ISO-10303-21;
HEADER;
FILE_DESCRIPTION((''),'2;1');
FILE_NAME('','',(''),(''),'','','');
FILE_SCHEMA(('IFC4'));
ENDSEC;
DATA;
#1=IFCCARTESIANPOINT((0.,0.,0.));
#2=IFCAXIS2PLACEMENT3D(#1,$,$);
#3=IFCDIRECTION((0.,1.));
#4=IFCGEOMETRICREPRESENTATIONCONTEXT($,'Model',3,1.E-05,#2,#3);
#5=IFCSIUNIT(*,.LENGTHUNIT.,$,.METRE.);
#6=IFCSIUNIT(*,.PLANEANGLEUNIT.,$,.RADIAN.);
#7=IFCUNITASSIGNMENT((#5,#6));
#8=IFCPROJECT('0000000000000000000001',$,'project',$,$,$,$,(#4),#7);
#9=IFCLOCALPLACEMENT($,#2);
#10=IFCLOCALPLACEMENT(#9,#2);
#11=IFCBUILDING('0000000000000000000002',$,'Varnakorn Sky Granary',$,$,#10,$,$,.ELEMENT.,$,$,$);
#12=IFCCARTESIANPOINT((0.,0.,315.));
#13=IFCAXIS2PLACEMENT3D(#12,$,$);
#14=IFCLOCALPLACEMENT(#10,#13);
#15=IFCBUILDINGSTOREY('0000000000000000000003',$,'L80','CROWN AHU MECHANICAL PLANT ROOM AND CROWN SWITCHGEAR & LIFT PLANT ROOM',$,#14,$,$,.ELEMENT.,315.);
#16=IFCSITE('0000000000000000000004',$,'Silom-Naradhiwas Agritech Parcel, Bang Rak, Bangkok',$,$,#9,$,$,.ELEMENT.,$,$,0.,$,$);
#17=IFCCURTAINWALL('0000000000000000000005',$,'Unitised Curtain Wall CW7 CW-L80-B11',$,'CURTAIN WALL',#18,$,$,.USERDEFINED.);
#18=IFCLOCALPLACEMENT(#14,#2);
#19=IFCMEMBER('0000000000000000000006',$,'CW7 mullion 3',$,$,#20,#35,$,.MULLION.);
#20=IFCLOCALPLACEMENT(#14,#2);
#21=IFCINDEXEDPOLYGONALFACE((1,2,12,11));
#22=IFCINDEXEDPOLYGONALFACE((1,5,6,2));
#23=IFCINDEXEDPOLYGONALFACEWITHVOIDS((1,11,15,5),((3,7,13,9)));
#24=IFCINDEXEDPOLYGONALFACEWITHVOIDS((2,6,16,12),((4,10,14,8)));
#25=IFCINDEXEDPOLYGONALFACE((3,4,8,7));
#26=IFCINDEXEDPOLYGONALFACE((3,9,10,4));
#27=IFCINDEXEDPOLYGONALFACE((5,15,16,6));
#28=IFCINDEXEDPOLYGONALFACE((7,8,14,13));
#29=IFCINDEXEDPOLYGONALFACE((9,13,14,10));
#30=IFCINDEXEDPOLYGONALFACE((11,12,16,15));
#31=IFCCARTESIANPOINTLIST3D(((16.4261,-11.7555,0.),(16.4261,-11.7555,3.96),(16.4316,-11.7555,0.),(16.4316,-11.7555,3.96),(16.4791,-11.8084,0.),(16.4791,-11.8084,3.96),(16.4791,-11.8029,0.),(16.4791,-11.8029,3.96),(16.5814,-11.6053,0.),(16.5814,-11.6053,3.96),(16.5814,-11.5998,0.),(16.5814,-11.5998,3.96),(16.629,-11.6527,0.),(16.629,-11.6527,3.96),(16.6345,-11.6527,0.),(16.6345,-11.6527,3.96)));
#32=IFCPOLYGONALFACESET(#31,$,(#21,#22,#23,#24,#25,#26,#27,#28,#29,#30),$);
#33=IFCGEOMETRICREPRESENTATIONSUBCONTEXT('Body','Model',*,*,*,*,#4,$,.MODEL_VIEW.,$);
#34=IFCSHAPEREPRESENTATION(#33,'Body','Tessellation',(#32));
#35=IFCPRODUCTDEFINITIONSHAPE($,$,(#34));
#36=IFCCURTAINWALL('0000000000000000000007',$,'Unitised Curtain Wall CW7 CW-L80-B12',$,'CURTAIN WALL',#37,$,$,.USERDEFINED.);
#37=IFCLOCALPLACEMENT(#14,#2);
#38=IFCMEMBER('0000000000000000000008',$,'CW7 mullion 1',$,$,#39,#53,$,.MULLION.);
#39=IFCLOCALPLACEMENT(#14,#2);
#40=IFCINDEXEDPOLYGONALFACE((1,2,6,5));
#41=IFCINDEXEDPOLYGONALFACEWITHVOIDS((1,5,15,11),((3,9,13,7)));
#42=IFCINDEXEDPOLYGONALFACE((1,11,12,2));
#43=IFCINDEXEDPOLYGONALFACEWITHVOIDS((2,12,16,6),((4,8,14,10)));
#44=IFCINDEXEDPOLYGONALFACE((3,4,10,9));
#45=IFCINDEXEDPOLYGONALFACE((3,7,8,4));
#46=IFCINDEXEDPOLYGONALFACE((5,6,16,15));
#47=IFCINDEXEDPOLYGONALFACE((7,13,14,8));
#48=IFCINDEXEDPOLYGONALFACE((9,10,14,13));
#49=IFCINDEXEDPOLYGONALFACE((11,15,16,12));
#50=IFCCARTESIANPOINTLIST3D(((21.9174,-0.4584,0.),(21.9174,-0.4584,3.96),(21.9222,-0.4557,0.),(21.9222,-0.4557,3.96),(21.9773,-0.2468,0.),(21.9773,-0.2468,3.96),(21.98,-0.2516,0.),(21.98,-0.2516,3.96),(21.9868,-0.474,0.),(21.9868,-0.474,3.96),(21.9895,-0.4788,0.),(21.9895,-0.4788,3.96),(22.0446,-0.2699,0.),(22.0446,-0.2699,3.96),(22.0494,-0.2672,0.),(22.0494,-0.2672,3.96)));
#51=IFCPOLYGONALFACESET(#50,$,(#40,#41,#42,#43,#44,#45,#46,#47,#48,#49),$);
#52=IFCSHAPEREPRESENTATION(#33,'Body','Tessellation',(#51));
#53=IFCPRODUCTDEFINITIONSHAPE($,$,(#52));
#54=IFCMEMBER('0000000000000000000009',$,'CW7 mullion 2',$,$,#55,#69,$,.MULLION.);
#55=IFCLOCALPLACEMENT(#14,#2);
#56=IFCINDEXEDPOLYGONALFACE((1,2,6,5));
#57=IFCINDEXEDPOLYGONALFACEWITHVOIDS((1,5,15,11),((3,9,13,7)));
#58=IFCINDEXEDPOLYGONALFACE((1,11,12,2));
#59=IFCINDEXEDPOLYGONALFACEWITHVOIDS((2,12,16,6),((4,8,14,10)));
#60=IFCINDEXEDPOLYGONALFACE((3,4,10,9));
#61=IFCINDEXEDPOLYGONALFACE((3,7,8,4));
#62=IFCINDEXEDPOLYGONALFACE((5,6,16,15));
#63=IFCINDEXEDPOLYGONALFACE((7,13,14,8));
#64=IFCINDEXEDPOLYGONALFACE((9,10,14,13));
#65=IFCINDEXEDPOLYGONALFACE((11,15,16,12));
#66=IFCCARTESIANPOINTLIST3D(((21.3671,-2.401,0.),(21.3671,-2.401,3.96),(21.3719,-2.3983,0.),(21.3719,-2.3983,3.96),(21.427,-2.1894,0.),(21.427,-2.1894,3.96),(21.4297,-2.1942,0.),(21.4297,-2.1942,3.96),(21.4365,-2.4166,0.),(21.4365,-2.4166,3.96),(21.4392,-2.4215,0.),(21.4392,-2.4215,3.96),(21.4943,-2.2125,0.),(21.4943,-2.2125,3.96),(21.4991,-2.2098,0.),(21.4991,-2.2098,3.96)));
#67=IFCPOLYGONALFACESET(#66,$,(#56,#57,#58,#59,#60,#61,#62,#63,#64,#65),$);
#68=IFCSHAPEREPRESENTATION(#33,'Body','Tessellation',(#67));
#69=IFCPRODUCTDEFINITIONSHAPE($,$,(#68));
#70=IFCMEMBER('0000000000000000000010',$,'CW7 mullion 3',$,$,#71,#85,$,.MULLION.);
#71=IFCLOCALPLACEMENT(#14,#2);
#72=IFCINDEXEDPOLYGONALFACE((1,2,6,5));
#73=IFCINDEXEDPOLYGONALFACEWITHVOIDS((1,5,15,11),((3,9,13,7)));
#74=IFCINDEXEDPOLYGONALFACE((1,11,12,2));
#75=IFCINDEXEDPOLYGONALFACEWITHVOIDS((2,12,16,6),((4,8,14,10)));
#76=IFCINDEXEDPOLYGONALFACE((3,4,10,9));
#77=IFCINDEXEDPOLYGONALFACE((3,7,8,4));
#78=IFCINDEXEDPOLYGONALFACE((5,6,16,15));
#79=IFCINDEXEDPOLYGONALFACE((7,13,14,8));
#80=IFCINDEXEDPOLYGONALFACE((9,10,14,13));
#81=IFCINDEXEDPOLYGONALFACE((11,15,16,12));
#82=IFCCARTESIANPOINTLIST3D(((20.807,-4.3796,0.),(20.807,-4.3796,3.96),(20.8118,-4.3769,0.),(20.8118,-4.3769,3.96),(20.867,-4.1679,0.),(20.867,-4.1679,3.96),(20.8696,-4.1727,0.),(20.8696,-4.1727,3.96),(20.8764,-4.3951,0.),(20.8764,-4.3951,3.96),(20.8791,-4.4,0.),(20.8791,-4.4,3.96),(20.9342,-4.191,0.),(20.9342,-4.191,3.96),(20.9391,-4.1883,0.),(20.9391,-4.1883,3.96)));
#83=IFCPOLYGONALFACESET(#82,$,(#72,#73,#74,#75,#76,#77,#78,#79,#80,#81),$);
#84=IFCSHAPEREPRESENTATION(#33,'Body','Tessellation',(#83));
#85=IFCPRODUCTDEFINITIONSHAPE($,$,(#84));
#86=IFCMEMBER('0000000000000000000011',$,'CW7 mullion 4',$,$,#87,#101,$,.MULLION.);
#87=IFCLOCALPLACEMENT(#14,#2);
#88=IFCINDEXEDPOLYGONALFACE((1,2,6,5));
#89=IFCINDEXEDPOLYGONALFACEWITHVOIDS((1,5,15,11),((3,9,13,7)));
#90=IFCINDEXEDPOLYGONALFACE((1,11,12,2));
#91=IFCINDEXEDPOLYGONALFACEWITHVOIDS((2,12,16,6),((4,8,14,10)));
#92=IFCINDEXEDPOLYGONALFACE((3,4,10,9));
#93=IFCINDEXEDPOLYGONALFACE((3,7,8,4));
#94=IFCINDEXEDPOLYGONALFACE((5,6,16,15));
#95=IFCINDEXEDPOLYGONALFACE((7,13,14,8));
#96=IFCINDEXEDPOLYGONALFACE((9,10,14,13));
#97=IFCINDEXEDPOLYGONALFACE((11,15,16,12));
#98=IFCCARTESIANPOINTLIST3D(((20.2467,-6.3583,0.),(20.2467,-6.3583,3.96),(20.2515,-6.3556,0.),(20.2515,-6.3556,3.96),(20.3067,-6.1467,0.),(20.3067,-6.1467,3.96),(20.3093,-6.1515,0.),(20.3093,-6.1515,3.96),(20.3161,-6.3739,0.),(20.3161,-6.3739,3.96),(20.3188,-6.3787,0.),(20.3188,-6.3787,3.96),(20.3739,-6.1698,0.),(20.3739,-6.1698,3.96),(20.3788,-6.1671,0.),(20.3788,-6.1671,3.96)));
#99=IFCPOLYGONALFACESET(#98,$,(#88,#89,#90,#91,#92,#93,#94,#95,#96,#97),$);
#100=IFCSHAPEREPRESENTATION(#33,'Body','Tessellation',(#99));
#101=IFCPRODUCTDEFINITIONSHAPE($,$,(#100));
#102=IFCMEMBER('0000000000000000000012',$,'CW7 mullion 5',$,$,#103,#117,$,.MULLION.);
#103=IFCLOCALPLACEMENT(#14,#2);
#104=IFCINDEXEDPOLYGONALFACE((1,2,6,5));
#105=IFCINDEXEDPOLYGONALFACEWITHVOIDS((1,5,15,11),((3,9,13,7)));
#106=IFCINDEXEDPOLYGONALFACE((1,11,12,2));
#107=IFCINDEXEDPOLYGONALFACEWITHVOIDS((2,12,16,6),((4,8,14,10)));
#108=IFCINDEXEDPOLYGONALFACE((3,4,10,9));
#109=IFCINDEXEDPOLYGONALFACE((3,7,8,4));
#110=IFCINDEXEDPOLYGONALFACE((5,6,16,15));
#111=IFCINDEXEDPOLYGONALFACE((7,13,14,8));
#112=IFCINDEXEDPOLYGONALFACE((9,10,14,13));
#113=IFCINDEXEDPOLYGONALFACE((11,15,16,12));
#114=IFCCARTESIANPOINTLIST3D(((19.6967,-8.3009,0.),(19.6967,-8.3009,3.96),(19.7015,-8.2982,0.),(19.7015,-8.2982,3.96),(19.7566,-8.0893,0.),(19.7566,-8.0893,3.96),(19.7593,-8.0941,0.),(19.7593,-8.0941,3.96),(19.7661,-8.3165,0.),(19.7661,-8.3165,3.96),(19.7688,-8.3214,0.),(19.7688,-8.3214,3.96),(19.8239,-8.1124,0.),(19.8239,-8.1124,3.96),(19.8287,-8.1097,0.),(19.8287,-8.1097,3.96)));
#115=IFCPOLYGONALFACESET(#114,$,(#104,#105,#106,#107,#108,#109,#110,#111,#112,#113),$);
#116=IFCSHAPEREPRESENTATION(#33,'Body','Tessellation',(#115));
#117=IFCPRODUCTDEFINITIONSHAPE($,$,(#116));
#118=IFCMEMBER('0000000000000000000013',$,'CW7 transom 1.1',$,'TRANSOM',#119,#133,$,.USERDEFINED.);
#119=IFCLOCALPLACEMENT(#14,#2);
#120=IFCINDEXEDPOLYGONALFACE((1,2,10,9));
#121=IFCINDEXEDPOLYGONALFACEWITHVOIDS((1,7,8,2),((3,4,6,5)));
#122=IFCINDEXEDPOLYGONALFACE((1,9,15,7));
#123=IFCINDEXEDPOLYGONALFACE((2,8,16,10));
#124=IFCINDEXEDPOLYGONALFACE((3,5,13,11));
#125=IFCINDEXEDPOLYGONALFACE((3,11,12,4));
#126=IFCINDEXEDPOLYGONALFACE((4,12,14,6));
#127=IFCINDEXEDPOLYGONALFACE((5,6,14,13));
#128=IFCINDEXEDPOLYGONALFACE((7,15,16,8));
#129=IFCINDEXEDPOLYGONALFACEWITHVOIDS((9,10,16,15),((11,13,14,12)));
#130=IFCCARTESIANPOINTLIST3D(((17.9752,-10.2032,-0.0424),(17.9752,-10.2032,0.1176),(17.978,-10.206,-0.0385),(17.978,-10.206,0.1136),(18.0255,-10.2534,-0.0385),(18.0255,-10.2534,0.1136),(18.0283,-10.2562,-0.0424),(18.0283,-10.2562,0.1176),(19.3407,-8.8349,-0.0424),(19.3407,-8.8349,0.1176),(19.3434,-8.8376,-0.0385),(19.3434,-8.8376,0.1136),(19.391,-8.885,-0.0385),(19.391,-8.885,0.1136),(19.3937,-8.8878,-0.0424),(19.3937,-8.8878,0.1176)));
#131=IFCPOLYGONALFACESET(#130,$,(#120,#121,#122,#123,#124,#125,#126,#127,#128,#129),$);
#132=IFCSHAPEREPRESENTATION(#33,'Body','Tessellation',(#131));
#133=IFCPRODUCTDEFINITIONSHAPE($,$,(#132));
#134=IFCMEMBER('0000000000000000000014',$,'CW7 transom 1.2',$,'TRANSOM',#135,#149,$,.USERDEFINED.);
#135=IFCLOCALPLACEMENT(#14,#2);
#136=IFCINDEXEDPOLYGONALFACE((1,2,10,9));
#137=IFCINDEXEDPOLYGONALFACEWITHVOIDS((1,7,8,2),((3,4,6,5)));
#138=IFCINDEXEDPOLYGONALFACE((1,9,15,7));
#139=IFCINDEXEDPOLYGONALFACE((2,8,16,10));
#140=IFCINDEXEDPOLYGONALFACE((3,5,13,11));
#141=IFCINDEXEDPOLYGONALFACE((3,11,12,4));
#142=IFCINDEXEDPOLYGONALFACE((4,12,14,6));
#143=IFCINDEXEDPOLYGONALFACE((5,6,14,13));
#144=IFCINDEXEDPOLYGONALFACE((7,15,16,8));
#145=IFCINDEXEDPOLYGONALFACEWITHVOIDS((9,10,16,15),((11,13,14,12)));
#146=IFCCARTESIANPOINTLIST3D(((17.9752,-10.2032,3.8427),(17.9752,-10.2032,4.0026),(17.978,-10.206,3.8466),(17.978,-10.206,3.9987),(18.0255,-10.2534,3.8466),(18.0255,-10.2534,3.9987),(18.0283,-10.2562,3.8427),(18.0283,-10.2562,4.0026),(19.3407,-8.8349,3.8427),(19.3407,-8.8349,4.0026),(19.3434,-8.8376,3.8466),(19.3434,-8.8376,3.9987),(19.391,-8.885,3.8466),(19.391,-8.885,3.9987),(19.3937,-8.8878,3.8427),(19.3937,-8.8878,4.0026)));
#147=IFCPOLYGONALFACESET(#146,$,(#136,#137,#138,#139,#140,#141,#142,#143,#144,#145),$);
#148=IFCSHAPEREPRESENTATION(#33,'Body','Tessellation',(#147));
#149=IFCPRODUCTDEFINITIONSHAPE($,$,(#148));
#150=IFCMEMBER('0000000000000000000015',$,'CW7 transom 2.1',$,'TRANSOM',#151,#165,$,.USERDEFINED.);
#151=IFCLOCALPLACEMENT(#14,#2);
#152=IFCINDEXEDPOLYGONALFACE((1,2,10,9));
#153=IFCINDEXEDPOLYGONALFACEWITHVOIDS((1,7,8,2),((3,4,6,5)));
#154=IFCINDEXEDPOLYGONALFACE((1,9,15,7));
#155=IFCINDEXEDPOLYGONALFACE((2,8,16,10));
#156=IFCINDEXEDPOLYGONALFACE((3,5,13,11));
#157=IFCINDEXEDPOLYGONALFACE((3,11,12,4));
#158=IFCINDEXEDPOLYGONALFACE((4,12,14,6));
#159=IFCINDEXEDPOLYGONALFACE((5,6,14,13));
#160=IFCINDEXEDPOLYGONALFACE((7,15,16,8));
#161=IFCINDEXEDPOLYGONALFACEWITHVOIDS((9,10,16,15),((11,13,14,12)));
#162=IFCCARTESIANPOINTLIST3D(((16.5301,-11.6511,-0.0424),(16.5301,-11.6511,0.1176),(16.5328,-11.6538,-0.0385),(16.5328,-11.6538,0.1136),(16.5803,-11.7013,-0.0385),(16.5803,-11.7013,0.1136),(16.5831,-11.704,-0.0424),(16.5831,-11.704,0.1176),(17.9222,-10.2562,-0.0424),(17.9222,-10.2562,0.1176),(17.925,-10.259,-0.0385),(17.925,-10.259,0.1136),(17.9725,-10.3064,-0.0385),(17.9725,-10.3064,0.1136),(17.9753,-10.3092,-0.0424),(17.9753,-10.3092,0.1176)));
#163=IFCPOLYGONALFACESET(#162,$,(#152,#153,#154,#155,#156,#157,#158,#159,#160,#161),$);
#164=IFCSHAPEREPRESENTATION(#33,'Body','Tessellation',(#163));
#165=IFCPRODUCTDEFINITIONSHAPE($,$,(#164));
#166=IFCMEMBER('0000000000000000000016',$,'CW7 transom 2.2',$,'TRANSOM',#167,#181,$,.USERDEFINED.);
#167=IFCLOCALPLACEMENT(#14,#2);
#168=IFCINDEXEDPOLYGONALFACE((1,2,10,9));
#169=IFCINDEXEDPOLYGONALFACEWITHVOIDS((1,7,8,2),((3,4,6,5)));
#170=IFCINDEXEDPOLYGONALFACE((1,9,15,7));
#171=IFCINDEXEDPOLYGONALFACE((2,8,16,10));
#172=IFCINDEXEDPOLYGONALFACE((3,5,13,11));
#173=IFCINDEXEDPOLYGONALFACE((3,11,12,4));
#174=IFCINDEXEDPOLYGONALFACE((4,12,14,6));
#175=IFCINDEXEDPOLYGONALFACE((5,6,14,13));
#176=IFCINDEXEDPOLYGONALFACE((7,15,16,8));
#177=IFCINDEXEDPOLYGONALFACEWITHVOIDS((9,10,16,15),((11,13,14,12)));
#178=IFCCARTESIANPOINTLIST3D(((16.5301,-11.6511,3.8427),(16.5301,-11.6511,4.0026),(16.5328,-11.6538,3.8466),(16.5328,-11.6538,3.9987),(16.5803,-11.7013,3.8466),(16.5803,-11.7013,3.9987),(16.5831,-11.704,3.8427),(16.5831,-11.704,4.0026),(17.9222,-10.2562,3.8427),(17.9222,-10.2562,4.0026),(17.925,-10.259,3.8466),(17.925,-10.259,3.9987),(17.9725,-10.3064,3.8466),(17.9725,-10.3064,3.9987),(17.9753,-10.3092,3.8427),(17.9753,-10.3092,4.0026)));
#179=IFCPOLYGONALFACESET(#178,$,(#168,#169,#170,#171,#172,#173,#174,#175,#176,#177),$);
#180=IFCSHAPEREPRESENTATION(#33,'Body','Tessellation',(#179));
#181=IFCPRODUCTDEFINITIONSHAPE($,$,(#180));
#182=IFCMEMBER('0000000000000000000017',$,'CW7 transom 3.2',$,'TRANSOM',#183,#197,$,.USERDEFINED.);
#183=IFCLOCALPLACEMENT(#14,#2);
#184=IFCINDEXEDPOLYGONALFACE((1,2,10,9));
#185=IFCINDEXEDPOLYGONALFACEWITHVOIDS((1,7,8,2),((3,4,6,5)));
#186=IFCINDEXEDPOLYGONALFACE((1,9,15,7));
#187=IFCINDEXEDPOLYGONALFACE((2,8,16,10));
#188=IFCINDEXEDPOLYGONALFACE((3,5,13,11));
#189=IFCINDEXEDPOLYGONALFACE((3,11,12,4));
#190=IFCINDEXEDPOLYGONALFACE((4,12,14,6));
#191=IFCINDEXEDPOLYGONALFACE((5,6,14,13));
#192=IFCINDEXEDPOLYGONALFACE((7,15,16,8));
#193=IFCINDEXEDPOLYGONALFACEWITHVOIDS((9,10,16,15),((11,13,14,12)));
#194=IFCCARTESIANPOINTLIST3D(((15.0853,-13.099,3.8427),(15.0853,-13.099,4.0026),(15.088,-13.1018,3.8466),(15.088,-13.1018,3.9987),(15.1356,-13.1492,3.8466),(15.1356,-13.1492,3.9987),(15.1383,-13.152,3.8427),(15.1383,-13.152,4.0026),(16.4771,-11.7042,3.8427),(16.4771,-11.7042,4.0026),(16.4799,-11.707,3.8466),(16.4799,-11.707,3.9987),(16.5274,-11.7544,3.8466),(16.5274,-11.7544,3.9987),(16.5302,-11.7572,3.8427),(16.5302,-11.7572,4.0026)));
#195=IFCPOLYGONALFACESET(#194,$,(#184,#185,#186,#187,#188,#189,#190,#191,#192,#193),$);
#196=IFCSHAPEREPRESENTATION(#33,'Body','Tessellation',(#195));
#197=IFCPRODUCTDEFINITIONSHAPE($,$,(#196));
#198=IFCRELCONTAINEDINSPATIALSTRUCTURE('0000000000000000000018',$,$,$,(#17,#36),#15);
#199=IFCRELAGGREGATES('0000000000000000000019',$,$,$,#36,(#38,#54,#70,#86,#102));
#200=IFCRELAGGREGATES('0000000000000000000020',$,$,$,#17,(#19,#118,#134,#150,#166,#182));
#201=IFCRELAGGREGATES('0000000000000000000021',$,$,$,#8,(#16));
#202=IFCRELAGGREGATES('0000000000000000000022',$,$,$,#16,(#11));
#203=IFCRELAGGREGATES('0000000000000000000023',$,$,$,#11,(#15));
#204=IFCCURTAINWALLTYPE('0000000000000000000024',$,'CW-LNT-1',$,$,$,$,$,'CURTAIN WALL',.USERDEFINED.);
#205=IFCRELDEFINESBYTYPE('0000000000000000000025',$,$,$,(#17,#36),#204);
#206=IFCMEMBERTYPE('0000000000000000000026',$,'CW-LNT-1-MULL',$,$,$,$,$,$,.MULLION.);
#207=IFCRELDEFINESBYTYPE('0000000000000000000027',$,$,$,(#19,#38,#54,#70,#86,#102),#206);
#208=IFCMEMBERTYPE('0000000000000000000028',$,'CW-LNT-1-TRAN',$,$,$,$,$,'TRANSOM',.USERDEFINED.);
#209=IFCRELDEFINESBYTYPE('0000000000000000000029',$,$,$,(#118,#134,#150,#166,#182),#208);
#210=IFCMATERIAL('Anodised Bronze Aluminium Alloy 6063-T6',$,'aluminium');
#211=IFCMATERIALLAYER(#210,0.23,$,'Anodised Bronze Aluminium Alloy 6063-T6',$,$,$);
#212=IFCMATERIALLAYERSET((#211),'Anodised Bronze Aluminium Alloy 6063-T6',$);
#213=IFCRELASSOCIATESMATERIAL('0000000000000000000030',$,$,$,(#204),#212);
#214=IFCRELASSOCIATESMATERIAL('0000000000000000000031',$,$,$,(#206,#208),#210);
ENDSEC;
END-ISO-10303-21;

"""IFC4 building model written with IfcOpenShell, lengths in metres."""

from ifc_helpers import new_model, si_unit, direction, frame, origin, origin_2d, place, context, subcontext, project, spatial, hollow_rectangle, extrude, material, layer, layer_set, material_profile, profile_set, type_object, element, aggregate, save


model = new_model("IFC4")

# Units and contexts
model_context = context("Model", 3, precision=1e-05, world=origin(), true_north=direction((0.0, 1.0)))
body_context = subcontext(model_context, "Body", "Model", "MODEL_VIEW")
ifc_project = project(units=[si_unit("LENGTHUNIT", "METRE"), si_unit("PLANEANGLEUNIT", "RADIAN")], contexts=[model_context])

# Site, building, storey
site_placement = place(None, origin())
site = spatial("IfcSite", under=ifc_project, at=site_placement, Name="Silom-Naradhiwas Agritech Parcel, Bang Rak, Bangkok", CompositionType="ELEMENT", RefElevation=0.0)
building_placement = place(site_placement, origin())
building = spatial("IfcBuilding", under=site, at=building_placement, Name="Varnakorn Sky Granary", CompositionType="ELEMENT")
storey_placement = place(building_placement, frame((0.0, 0.0, 315.0)))
storey = spatial("IfcBuildingStorey", under=building, at=storey_placement, Name="L80", Description="CROWN AHU MECHANICAL PLANT ROOM AND CROWN SWITCHGEAR & LIFT PLANT ROOM", CompositionType="ELEMENT", Elevation=315.0)

# Curtain walls, members
ifc_material_1 = material(Name="Anodised Bronze Aluminium Alloy 6063-T6", Category="aluminium")
ifc_layer_1 = layer(ifc_material_1, 0.23, Name="Anodised Bronze Aluminium Alloy 6063-T6")
ifc_layer_set_1 = layer_set([ifc_layer_1], Name="Anodised Bronze Aluminium Alloy 6063-T6")
curtain_wall_type = type_object("IfcCurtainWallType", Name="CW-LNT-1", ElementType="CURTAIN WALL", PredefinedType="USERDEFINED", material=ifc_layer_set_1)
curtain_wall_1_placement = place(storey_placement, origin())
curtain_wall_1 = element("IfcCurtainWall", 1, at=curtain_wall_1_placement, inside=storey, type_object=curtain_wall_type, Name="Unitised Curtain Wall CW7 CW-L80-B11", ObjectType="CURTAIN WALL", PredefinedType="USERDEFINED")
ifc_material_profile_1 = material_profile(ifc_material_1, hollow_rectangle(XDim=0.075, YDim=0.22, WallThickness=0.0039, at=origin_2d()), Name="ALU MULL 75x220")
ifc_profile_set_1 = profile_set([ifc_material_profile_1], Name="Anodised Bronze Aluminium Alloy 6063-T6")
member_type_1 = type_object("IfcMemberType", Name="CW-LNT-1-MULL", PredefinedType="MULLION", material=ifc_profile_set_1)
member_1_placement = place(storey_placement, frame((16.5303, -11.7041, 0.0), z_axis=(0.0, 0.0, 1.0), x_axis=(0.707827, -0.706385, 0.0)))
member_1 = element("IfcMember", 2, at=member_1_placement, type_object=member_type_1, Name="CW7 mullion 3", PredefinedType="MULLION", context=body_context, shape_type="SweptSolid", body=[
    extrude(hollow_rectangle(XDim=0.075, YDim=0.22, WallThickness=0.0039, at=origin_2d()), origin(), (0.0, 0.0, 1.0), 3.96),
])
curtain_wall_2_placement = place(storey_placement, origin())
curtain_wall_2 = element("IfcCurtainWall", 3, at=curtain_wall_2_placement, inside=storey, type_object=curtain_wall_type, Name="Unitised Curtain Wall CW7 CW-L80-B12", ObjectType="CURTAIN WALL", PredefinedType="USERDEFINED")
member_2_placement = place(storey_placement, frame((21.9834, -0.3628, 0.0), z_axis=(0.0, 0.0, 1.0), x_axis=(0.96217, -0.272448, 0.0)))
member_2 = element("IfcMember", 4, at=member_2_placement, type_object=member_type_1, Name="CW7 mullion 1", PredefinedType="MULLION", context=body_context, shape_type="SweptSolid", body=[
    extrude(hollow_rectangle(XDim=0.075, YDim=0.22, WallThickness=0.0039, at=origin_2d()), origin(), (0.0, 0.0, 1.0), 3.96),
])
member_3_placement = place(storey_placement, frame((21.4331, -2.3054, 0.0), z_axis=(0.0, 0.0, 1.0), x_axis=(0.96217, -0.272448, 0.0)))
member_3 = element("IfcMember", 5, at=member_3_placement, type_object=member_type_1, Name="CW7 mullion 2", PredefinedType="MULLION", context=body_context, shape_type="SweptSolid", body=[
    extrude(hollow_rectangle(XDim=0.075, YDim=0.22, WallThickness=0.0039, at=origin_2d()), origin(), (0.0, 0.0, 1.0), 3.96),
])
member_4_placement = place(storey_placement, frame((20.873, -4.2839, 0.0), z_axis=(0.0, 0.0, 1.0), x_axis=(0.96217, -0.272448, 0.0)))
member_4 = element("IfcMember", 6, at=member_4_placement, type_object=member_type_1, Name="CW7 mullion 3", PredefinedType="MULLION", context=body_context, shape_type="SweptSolid", body=[
    extrude(hollow_rectangle(XDim=0.075, YDim=0.22, WallThickness=0.0039, at=origin_2d()), origin(), (0.0, 0.0, 1.0), 3.96),
])
member_5_placement = place(storey_placement, frame((20.3127, -6.2627, 0.0), z_axis=(0.0, 0.0, 1.0), x_axis=(0.96217, -0.272448, 0.0)))
member_5 = element("IfcMember", 7, at=member_5_placement, type_object=member_type_1, Name="CW7 mullion 4", PredefinedType="MULLION", context=body_context, shape_type="SweptSolid", body=[
    extrude(hollow_rectangle(XDim=0.075, YDim=0.22, WallThickness=0.0039, at=origin_2d()), origin(), (0.0, 0.0, 1.0), 3.96),
])
member_6_placement = place(storey_placement, frame((19.7627, -8.2053, 0.0), z_axis=(0.0, 0.0, 1.0), x_axis=(0.96217, -0.272448, 0.0)))
member_6 = element("IfcMember", 8, at=member_6_placement, type_object=member_type_1, Name="CW7 mullion 5", PredefinedType="MULLION", context=body_context, shape_type="SweptSolid", body=[
    extrude(hollow_rectangle(XDim=0.075, YDim=0.22, WallThickness=0.0039, at=origin_2d()), origin(), (0.0, 0.0, 1.0), 3.96),
])

# Members
ifc_material_profile_2 = material_profile(ifc_material_1, hollow_rectangle(XDim=0.075, YDim=0.1599, WallThickness=0.0039, at=origin_2d()), Name="ALU TRAN 75x160")
ifc_profile_set_2 = profile_set([ifc_material_profile_2], Name="Anodised Bronze Aluminium Alloy 6063-T6")
member_type_2 = type_object("IfcMemberType", Name="CW-LNT-1-TRAN", ElementType="TRANSOM", PredefinedType="USERDEFINED", material=ifc_profile_set_2)
member_7_placement = place(storey_placement, frame((19.3672, -8.8613, 0.0376), z_axis=(-0.706349, -0.707864, 0.0), x_axis=(0.707864, -0.706349, 0.0)))
member_7 = element("IfcMember", 9, at=member_7_placement, type_object=member_type_2, Name="CW7 transom 1.1", ObjectType="TRANSOM", PredefinedType="USERDEFINED", context=body_context, shape_type="SweptSolid", body=[
    extrude(hollow_rectangle(XDim=0.075, YDim=0.1599, WallThickness=0.0039, at=origin_2d()), origin(), (0.0, 0.0, 1.0), 1.9331),
])
member_8_placement = place(storey_placement, frame((19.3672, -8.8613, 3.9226), z_axis=(-0.706349, -0.707864, 0.0), x_axis=(0.707864, -0.706349, 0.0)))
member_8 = element("IfcMember", 10, at=member_8_placement, type_object=member_type_2, Name="CW7 transom 1.2", ObjectType="TRANSOM", PredefinedType="USERDEFINED", context=body_context, shape_type="SweptSolid", body=[
    extrude(hollow_rectangle(XDim=0.075, YDim=0.1599, WallThickness=0.0039, at=origin_2d()), origin(), (0.0, 0.0, 1.0), 1.9331),
])
member_9_placement = place(storey_placement, frame((17.9487, -10.2827, 0.0376), z_axis=(-0.706425, -0.707788, 0.0), x_axis=(0.707788, -0.706425, 0.0)))
member_9 = element("IfcMember", 11, at=member_9_placement, type_object=member_type_2, Name="CW7 transom 2.1", ObjectType="TRANSOM", PredefinedType="USERDEFINED", context=body_context, shape_type="SweptSolid", body=[
    extrude(hollow_rectangle(XDim=0.075, YDim=0.1599, WallThickness=0.0039, at=origin_2d()), origin(), (0.0, 0.0, 1.0), 1.9707),
])
member_10_placement = place(storey_placement, frame((17.9487, -10.2827, 3.9226), z_axis=(-0.706425, -0.707788, 0.0), x_axis=(0.707788, -0.706425, 0.0)))
member_10 = element("IfcMember", 12, at=member_10_placement, type_object=member_type_2, Name="CW7 transom 2.2", ObjectType="TRANSOM", PredefinedType="USERDEFINED", context=body_context, shape_type="SweptSolid", body=[
    extrude(hollow_rectangle(XDim=0.075, YDim=0.1599, WallThickness=0.0039, at=origin_2d()), origin(), (0.0, 0.0, 1.0), 1.9707),
])
member_11_placement = place(storey_placement, frame((16.5037, -11.7307, 3.9226), z_axis=(-0.706363, -0.70785, 0.0), x_axis=(0.70785, -0.706363, 0.0)))
member_11 = element("IfcMember", 13, at=member_11_placement, type_object=member_type_2, Name="CW7 transom 3.2", ObjectType="TRANSOM", PredefinedType="USERDEFINED", context=body_context, shape_type="SweptSolid", body=[
    extrude(hollow_rectangle(XDim=0.075, YDim=0.1599, WallThickness=0.0039, at=origin_2d()), origin(), (0.0, 0.0, 1.0), 1.9705),
])

aggregate(curtain_wall_2, [member_2, member_3, member_4, member_5, member_6])
aggregate(curtain_wall_1, [member_1, member_7, member_8, member_9, member_10, member_11])

save(model, "model.ifc")
